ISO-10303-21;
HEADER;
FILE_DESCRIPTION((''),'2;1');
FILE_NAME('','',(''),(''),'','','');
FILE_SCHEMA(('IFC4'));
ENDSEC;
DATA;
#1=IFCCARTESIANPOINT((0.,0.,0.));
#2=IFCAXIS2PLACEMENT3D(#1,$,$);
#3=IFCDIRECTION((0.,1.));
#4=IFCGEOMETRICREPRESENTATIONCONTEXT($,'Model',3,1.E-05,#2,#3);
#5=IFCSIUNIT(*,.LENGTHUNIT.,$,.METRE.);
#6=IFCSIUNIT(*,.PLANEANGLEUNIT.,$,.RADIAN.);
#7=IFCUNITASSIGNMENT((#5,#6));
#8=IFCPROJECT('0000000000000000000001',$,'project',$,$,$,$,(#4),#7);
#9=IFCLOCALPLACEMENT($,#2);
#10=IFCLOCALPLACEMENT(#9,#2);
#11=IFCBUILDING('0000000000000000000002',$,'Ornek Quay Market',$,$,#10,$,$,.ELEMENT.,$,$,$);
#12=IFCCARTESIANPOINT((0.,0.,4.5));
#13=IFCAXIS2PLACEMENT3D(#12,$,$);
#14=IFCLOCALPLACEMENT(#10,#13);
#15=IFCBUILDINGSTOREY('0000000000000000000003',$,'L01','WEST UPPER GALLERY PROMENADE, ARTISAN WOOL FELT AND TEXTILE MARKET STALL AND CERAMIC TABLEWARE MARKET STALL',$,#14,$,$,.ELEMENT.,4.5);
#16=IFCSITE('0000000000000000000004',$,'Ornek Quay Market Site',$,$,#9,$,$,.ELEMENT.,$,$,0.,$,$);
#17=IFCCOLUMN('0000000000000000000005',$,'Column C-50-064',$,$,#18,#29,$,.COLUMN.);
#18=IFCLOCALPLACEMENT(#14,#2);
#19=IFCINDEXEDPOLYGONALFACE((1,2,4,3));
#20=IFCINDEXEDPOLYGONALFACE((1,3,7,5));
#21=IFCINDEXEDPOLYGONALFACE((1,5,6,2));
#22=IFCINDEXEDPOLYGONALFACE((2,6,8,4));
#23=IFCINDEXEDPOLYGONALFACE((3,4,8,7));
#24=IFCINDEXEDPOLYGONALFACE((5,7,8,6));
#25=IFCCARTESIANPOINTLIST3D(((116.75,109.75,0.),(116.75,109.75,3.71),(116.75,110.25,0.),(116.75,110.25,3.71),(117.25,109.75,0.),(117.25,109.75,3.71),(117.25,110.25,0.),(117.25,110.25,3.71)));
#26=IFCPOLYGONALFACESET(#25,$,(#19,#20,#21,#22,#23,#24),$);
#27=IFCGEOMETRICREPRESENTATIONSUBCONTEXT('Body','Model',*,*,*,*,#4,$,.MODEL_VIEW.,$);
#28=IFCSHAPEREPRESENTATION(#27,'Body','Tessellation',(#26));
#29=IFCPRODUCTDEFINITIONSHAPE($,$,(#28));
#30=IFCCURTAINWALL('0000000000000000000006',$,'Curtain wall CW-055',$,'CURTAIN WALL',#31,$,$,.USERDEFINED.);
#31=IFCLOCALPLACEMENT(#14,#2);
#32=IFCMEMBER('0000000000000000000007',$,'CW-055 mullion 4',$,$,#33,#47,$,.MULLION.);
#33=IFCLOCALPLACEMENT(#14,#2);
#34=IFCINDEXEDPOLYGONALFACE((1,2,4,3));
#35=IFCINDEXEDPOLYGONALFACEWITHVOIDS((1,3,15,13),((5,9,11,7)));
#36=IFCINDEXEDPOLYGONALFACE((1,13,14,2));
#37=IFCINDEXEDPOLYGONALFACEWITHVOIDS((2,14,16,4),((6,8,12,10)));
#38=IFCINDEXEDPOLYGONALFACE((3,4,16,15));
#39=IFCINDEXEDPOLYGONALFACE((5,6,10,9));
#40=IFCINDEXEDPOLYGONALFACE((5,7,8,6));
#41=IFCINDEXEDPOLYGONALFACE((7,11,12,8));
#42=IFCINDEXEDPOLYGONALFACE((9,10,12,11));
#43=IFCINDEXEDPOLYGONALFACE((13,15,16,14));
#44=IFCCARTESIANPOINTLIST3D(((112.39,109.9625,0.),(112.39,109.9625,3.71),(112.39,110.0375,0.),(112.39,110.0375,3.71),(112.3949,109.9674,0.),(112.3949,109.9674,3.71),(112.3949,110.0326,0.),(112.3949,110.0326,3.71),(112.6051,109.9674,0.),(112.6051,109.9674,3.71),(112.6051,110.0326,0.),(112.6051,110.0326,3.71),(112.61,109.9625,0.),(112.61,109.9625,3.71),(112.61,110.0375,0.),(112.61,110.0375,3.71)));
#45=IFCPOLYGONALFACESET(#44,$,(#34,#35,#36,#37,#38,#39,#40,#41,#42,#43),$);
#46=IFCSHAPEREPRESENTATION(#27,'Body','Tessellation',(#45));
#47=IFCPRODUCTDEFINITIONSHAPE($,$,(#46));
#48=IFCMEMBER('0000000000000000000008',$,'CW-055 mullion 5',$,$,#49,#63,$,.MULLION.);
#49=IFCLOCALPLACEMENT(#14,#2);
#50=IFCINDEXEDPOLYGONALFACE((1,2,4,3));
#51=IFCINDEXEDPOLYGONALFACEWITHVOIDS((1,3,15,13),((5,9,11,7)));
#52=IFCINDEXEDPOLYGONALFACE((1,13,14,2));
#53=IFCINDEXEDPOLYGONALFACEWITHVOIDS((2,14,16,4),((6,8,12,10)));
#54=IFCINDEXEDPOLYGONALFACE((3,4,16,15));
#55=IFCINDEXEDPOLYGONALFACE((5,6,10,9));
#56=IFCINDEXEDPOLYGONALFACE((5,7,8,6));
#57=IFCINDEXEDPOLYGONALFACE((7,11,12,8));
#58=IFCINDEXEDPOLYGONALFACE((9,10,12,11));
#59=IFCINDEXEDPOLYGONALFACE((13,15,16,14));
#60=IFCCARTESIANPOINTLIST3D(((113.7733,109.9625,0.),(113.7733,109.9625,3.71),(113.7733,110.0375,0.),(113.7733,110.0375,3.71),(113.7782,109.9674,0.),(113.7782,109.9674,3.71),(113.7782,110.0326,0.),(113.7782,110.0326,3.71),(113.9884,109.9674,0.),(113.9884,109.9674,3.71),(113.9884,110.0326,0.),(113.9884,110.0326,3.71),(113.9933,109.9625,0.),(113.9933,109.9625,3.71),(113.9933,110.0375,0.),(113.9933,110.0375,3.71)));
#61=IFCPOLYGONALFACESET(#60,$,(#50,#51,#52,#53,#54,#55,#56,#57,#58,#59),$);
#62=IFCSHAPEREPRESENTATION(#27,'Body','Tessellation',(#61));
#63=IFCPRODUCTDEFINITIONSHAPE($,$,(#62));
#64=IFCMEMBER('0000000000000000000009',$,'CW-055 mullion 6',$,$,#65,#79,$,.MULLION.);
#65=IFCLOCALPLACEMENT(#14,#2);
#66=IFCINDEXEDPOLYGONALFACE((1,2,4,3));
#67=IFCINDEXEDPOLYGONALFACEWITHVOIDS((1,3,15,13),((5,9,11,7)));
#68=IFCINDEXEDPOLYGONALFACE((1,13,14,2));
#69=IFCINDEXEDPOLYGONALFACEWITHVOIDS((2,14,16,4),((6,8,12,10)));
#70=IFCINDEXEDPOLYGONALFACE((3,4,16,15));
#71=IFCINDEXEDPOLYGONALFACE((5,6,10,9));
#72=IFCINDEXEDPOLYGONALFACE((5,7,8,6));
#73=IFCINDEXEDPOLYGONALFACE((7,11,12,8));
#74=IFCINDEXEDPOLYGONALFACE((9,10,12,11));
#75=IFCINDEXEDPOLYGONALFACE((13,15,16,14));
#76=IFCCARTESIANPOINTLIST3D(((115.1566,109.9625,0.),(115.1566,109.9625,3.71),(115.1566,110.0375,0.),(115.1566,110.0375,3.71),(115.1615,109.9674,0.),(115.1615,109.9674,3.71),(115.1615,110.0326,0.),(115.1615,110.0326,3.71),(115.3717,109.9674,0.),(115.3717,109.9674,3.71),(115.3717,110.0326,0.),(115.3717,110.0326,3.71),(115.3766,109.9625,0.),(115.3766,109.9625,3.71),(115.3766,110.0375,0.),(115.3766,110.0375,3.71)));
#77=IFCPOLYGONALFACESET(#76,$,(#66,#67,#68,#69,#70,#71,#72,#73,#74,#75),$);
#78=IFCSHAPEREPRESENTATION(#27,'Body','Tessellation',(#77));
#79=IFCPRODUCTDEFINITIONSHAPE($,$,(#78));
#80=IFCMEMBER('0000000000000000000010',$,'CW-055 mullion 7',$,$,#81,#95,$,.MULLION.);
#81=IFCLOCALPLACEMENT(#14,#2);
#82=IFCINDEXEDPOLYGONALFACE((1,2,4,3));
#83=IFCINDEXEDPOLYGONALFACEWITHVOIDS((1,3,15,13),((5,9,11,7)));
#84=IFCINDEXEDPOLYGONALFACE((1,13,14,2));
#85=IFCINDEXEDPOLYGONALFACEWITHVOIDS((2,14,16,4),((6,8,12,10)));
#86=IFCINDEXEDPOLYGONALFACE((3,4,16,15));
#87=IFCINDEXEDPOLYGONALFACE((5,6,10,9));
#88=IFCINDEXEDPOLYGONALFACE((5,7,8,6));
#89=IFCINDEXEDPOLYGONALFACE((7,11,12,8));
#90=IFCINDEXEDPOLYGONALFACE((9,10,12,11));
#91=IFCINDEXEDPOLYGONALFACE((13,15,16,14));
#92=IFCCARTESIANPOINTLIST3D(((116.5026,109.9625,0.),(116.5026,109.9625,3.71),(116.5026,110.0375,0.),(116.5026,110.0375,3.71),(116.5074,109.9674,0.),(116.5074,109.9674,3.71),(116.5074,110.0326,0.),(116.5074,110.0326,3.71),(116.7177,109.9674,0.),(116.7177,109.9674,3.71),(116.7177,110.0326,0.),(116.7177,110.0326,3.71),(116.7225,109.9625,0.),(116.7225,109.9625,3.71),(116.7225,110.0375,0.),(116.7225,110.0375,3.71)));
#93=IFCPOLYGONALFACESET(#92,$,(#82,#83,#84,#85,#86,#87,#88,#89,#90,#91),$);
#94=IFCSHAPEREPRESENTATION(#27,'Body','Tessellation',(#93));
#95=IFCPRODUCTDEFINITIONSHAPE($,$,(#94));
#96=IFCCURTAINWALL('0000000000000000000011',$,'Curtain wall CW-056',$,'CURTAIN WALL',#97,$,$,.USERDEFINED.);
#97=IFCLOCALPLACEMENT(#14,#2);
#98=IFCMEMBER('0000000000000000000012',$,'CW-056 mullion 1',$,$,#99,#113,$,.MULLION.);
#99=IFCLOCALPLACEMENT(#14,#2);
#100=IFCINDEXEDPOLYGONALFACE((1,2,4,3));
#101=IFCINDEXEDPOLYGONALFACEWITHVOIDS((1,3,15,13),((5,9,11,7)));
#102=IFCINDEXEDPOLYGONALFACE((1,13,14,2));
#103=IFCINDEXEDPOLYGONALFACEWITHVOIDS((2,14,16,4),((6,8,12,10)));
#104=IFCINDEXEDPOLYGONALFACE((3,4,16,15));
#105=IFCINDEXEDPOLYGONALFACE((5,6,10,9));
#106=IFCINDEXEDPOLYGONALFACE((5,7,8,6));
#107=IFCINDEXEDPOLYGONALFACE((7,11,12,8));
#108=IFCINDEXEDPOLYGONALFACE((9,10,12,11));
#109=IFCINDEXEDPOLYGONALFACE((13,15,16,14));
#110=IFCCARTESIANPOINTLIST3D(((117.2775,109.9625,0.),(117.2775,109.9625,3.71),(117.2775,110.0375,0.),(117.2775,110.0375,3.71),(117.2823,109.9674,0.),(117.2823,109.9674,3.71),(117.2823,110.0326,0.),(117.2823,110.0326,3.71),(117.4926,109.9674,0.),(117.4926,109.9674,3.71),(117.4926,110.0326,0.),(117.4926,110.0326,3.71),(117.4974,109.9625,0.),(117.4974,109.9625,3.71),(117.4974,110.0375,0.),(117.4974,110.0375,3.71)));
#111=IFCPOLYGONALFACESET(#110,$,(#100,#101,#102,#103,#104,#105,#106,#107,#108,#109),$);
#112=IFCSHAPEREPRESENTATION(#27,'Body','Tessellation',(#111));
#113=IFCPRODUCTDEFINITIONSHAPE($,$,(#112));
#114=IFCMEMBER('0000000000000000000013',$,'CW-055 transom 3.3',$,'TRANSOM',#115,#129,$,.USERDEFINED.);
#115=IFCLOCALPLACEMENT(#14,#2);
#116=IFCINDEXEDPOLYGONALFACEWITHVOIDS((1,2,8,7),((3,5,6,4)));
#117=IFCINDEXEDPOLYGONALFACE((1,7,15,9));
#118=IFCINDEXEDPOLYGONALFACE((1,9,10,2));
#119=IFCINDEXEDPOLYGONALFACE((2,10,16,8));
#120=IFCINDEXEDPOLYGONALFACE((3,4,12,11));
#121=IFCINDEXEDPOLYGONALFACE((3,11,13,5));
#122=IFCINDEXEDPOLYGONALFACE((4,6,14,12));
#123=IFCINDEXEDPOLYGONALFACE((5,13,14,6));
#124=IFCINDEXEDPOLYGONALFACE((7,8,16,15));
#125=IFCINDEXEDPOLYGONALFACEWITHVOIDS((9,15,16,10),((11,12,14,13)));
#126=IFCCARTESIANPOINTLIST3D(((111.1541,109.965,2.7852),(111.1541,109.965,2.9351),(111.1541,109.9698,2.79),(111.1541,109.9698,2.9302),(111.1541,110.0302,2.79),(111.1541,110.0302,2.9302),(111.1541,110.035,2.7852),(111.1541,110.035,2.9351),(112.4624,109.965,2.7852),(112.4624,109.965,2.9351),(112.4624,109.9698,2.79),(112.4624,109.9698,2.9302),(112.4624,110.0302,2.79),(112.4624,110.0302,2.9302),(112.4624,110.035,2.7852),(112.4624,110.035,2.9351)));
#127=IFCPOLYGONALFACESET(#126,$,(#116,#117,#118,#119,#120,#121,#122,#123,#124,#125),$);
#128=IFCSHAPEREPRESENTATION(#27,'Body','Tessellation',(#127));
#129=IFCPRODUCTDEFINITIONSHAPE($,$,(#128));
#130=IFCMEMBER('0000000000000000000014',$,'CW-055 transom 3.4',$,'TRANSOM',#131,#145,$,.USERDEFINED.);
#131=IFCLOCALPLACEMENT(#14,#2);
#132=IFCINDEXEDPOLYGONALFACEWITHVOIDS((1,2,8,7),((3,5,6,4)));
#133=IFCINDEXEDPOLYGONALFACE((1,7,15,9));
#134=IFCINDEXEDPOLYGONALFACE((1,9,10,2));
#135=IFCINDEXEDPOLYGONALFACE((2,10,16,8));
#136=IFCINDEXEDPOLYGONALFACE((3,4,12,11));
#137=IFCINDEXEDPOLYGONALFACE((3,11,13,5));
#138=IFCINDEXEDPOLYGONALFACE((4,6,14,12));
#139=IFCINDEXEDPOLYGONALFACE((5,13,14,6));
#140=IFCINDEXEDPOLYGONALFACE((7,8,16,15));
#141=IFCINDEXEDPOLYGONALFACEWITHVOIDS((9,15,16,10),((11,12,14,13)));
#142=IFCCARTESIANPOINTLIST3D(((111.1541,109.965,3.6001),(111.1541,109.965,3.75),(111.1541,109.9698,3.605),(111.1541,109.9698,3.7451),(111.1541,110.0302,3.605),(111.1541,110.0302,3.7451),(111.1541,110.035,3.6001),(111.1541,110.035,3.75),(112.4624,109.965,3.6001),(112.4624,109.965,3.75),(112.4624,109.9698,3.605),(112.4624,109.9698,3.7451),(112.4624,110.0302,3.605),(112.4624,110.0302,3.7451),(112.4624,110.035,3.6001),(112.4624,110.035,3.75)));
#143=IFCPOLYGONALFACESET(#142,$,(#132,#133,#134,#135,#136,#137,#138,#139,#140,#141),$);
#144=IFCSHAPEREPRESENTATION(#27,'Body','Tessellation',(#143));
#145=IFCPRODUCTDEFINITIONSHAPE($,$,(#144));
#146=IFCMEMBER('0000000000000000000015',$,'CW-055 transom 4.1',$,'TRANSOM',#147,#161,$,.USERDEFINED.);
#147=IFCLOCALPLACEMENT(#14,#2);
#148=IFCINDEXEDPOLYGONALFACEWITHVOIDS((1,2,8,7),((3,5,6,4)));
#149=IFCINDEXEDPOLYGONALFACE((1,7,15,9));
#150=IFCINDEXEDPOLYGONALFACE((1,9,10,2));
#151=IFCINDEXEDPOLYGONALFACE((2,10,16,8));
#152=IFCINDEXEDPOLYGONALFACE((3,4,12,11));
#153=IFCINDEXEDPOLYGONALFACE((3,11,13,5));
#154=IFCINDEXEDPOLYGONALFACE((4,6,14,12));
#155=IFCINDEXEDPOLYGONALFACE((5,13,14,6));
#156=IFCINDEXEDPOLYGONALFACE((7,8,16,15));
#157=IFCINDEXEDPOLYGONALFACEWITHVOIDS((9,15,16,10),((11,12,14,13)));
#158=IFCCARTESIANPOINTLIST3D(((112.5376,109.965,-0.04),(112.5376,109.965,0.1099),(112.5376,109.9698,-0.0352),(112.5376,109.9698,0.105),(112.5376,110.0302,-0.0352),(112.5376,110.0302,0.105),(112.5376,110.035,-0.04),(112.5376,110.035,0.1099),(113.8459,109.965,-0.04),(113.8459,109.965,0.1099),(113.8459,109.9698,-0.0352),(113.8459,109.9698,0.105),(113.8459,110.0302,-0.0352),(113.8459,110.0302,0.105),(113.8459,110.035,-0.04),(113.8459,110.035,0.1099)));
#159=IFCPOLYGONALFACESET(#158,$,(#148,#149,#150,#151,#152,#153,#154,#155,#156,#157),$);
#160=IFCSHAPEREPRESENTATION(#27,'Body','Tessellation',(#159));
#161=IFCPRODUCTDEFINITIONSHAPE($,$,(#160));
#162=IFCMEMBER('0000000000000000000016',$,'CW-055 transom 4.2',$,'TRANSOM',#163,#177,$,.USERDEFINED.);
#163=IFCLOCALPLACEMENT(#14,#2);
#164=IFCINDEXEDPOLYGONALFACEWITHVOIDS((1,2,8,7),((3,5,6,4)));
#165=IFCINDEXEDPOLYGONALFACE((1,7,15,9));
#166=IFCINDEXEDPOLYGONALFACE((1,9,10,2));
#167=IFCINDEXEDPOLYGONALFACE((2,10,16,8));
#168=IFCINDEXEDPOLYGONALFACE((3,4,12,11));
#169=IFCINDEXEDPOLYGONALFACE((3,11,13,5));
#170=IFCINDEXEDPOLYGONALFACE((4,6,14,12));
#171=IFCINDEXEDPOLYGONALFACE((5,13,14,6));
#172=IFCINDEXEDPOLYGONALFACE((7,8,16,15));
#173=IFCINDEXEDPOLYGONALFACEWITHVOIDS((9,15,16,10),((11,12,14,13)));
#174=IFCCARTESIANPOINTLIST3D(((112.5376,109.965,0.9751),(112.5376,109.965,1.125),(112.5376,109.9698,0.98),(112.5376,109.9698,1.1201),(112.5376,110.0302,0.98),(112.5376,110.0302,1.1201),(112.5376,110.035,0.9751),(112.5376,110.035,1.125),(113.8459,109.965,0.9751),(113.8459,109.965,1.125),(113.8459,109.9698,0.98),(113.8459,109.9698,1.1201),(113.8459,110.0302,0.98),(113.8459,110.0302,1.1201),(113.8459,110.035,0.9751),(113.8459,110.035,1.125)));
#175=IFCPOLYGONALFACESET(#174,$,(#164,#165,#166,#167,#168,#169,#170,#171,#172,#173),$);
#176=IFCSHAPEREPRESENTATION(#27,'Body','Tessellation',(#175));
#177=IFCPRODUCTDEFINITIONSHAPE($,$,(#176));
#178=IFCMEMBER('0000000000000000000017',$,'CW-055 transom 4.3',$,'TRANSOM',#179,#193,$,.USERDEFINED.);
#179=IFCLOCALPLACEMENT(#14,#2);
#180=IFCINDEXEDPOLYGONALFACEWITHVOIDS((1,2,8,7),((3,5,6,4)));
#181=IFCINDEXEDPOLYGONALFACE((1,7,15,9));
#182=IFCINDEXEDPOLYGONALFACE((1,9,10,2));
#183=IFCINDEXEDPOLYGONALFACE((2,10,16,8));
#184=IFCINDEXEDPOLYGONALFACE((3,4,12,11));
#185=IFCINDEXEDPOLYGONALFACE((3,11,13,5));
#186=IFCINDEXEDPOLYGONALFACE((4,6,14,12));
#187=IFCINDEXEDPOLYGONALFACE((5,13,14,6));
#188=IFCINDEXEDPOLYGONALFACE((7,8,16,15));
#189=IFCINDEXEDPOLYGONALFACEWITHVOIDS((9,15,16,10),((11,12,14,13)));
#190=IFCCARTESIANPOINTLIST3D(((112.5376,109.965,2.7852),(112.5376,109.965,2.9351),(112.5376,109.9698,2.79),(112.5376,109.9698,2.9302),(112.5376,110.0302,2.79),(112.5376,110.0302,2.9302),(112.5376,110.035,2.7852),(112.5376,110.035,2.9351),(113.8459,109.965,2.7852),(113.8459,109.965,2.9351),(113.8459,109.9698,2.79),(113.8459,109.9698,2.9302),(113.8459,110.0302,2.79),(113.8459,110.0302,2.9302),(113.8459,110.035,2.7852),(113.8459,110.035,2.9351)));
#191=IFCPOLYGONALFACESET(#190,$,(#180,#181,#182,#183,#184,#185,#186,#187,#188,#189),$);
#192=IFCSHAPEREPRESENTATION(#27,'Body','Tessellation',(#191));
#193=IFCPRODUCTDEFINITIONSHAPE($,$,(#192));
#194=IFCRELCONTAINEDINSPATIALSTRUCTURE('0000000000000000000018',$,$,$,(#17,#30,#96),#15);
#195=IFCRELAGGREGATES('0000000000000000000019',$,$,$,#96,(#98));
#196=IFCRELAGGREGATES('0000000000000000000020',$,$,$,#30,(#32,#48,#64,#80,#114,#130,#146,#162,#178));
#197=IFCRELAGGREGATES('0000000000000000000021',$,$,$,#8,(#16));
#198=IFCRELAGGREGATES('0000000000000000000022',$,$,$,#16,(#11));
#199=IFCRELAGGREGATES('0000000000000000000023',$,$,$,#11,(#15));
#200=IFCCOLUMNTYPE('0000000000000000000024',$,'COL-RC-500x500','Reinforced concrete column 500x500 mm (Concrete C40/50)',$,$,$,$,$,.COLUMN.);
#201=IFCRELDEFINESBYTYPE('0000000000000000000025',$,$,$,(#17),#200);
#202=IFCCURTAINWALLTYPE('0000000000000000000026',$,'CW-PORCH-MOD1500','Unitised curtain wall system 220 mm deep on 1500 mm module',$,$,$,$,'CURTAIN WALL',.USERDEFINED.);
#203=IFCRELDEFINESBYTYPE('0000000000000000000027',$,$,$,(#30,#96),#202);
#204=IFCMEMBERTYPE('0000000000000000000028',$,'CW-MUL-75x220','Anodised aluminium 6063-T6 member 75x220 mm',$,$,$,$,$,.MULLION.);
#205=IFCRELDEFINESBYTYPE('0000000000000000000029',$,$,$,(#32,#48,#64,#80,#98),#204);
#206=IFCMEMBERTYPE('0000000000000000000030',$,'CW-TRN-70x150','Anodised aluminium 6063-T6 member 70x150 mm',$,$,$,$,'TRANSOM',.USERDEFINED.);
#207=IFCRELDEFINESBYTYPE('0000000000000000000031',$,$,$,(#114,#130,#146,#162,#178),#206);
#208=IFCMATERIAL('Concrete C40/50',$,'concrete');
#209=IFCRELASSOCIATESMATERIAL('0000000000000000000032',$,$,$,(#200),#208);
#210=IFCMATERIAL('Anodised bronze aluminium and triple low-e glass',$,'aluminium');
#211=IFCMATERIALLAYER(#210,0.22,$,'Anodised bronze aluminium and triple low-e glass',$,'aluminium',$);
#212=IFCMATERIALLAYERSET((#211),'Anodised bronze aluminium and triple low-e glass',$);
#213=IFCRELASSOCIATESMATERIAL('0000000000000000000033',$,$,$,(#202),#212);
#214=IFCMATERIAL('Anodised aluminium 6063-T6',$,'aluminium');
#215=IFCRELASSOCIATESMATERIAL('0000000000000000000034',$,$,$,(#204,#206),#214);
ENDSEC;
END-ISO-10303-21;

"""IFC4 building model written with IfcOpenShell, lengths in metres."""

from ifc_helpers import new_model, si_unit, direction, frame, origin, origin_2d, place, context, subcontext, project, spatial, rectangle, hollow_rectangle, extrude, material, layer, layer_set, material_profile, profile_set, type_object, element, aggregate, save


model = new_model("IFC4")

# Units and contexts
model_context = context("Model", 3, precision=1e-05, world=origin(), true_north=direction((0.0, 1.0)))
body_context = subcontext(model_context, "Body", "Model", "MODEL_VIEW")
ifc_project = project(units=[si_unit("LENGTHUNIT", "METRE"), si_unit("PLANEANGLEUNIT", "RADIAN")], contexts=[model_context])

# Site, building, storey
site_placement = place(None, origin())
site = spatial("IfcSite", under=ifc_project, at=site_placement, Name="Ornek Quay Market Site", CompositionType="ELEMENT", RefElevation=0.0)
building_placement = place(site_placement, origin())
building = spatial("IfcBuilding", under=site, at=building_placement, Name="Ornek Quay Market", CompositionType="ELEMENT")
storey_placement = place(building_placement, frame((0.0, 0.0, 4.5)))
storey = spatial("IfcBuildingStorey", under=building, at=storey_placement, Name="L01", Description="WEST UPPER GALLERY PROMENADE, ARTISAN WOOL FELT AND TEXTILE MARKET STALL AND CERAMIC TABLEWARE MARKET STALL", CompositionType="ELEMENT", Elevation=4.5)

# Column
ifc_material_1 = material(Name="Concrete C40/50", Category="concrete")
ifc_material_profile_1 = material_profile(ifc_material_1, rectangle(XDim=0.5, YDim=0.5, at=origin_2d()), Name="RC 500x500", Category="concrete")
ifc_profile_set_1 = profile_set([ifc_material_profile_1], Name="Concrete C40/50")
column_type = type_object("IfcColumnType", Name="COL-RC-500x500", Description="Reinforced concrete column 500x500 mm (Concrete C40/50)", PredefinedType="COLUMN", material=ifc_profile_set_1)
column_placement = place(storey_placement, frame((117.0, 110.0, 0.0), z_axis=(0.0, 0.0, 1.0), x_axis=(1.0, 0.0, 0.0)))
element("IfcColumn", 1, at=column_placement, inside=storey, type_object=column_type, Name="Column C-50-064", PredefinedType="COLUMN", context=body_context, shape_type="SweptSolid", body=[
    extrude(rectangle(XDim=0.5, YDim=0.5, at=origin_2d()), origin(), (0.0, 0.0, 1.0), 3.71),
])

# Curtain wall, members
ifc_material_2 = material(Name="Anodised bronze aluminium and triple low-e glass", Category="aluminium")
ifc_layer_1 = layer(ifc_material_2, 0.22, Name="Anodised bronze aluminium and triple low-e glass", Category="aluminium")
ifc_layer_set_1 = layer_set([ifc_layer_1], Name="Anodised bronze aluminium and triple low-e glass")
curtain_wall_type = type_object("IfcCurtainWallType", Name="CW-PORCH-MOD1500", Description="Unitised curtain wall system 220 mm deep on 1500 mm module", ElementType="CURTAIN WALL", PredefinedType="USERDEFINED", material=ifc_layer_set_1)
curtain_wall_1_placement = place(storey_placement, origin())
curtain_wall_1 = element("IfcCurtainWall", 2, at=curtain_wall_1_placement, inside=storey, type_object=curtain_wall_type, Name="Curtain wall CW-055", ObjectType="CURTAIN WALL", PredefinedType="USERDEFINED")
ifc_material_3 = material(Name="Anodised aluminium 6063-T6", Category="aluminium")
ifc_material_profile_2 = material_profile(ifc_material_3, hollow_rectangle(XDim=0.075, YDim=0.22, WallThickness=0.0049, at=origin_2d()), Name="CW-MUL-75x220", Category="aluminium")
ifc_profile_set_2 = profile_set([ifc_material_profile_2], Name="Anodised aluminium 6063-T6")
member_type_1 = type_object("IfcMemberType", Name="CW-MUL-75x220", Description="Anodised aluminium 6063-T6 member 75x220 mm", PredefinedType="MULLION", material=ifc_profile_set_2)
member_1_placement = place(storey_placement, frame((112.5, 110.0, 0.0), z_axis=(0.0, 0.0, 1.0), x_axis=(0.0, 1.0, 0.0)))
member_1 = element("IfcMember", 3, at=member_1_placement, type_object=member_type_1, Name="CW-055 mullion 4", PredefinedType="MULLION", context=body_context, shape_type="SweptSolid", body=[
    extrude(hollow_rectangle(XDim=0.075, YDim=0.22, WallThickness=0.0049, at=origin_2d()), origin(), (0.0, 0.0, 1.0), 3.71),
])
member_2_placement = place(storey_placement, frame((113.8833, 110.0, 0.0), z_axis=(0.0, 0.0, 1.0), x_axis=(0.0, 1.0, 0.0)))
member_2 = element("IfcMember", 4, at=member_2_placement, type_object=member_type_1, Name="CW-055 mullion 5", PredefinedType="MULLION", context=body_context, shape_type="SweptSolid", body=[
    extrude(hollow_rectangle(XDim=0.075, YDim=0.22, WallThickness=0.0049, at=origin_2d()), origin(), (0.0, 0.0, 1.0), 3.71),
])
member_3_placement = place(storey_placement, frame((115.2666, 110.0, 0.0), z_axis=(0.0, 0.0, 1.0), x_axis=(0.0, 1.0, 0.0)))
member_3 = element("IfcMember", 5, at=member_3_placement, type_object=member_type_1, Name="CW-055 mullion 6", PredefinedType="MULLION", context=body_context, shape_type="SweptSolid", body=[
    extrude(hollow_rectangle(XDim=0.075, YDim=0.22, WallThickness=0.0049, at=origin_2d()), origin(), (0.0, 0.0, 1.0), 3.71),
])
member_4_placement = place(storey_placement, frame((116.6125, 110.0, 0.0), z_axis=(0.0, 0.0, 1.0), x_axis=(0.0, 1.0, 0.0)))
member_4 = element("IfcMember", 6, at=member_4_placement, type_object=member_type_1, Name="CW-055 mullion 7", PredefinedType="MULLION", context=body_context, shape_type="SweptSolid", body=[
    extrude(hollow_rectangle(XDim=0.075, YDim=0.22, WallThickness=0.0049, at=origin_2d()), origin(), (0.0, 0.0, 1.0), 3.71),
])

# Curtain wall, member
curtain_wall_2_placement = place(storey_placement, origin())
curtain_wall_2 = element("IfcCurtainWall", 7, at=curtain_wall_2_placement, inside=storey, type_object=curtain_wall_type, Name="Curtain wall CW-056", ObjectType="CURTAIN WALL", PredefinedType="USERDEFINED")
member_5_placement = place(storey_placement, frame((117.3875, 110.0, 0.0), z_axis=(0.0, 0.0, 1.0), x_axis=(0.0, 1.0, 0.0)))
member_5 = element("IfcMember", 8, at=member_5_placement, type_object=member_type_1, Name="CW-056 mullion 1", PredefinedType="MULLION", context=body_context, shape_type="SweptSolid", body=[
    extrude(hollow_rectangle(XDim=0.075, YDim=0.22, WallThickness=0.0049, at=origin_2d()), origin(), (0.0, 0.0, 1.0), 3.71),
])
aggregate(curtain_wall_2, [member_5])

# Members
ifc_material_profile_3 = material_profile(ifc_material_3, hollow_rectangle(XDim=0.0701, YDim=0.1499, WallThickness=0.0049, at=origin_2d()), Name="CW-TRN-70x150", Category="aluminium")
ifc_profile_set_3 = profile_set([ifc_material_profile_3], Name="Anodised aluminium 6063-T6")
member_type_2 = type_object("IfcMemberType", Name="CW-TRN-70x150", Description="Anodised aluminium 6063-T6 member 70x150 mm", ElementType="TRANSOM", PredefinedType="USERDEFINED", material=ifc_profile_set_3)
member_6_placement = place(storey_placement, frame((111.1541, 110.0, 2.8601), z_axis=(1.0, 0.0, 0.0), x_axis=(0.0, 1.0, 0.0)))
member_6 = element("IfcMember", 9, at=member_6_placement, type_object=member_type_2, Name="CW-055 transom 3.3", ObjectType="TRANSOM", PredefinedType="USERDEFINED", context=body_context, shape_type="SweptSolid", body=[
    extrude(hollow_rectangle(XDim=0.0701, YDim=0.1499, WallThickness=0.0049, at=origin_2d()), origin(), (0.0, 0.0, 1.0), 1.3083),
])
member_7_placement = place(storey_placement, frame((111.1541, 110.0, 3.675), z_axis=(1.0, 0.0, 0.0), x_axis=(0.0, 1.0, 0.0)))
member_7 = element("IfcMember", 10, at=member_7_placement, type_object=member_type_2, Name="CW-055 transom 3.4", ObjectType="TRANSOM", PredefinedType="USERDEFINED", context=body_context, shape_type="SweptSolid", body=[
    extrude(hollow_rectangle(XDim=0.0701, YDim=0.1499, WallThickness=0.0049, at=origin_2d()), origin(), (0.0, 0.0, 1.0), 1.3083),
])
member_8_placement = place(storey_placement, frame((112.5376, 110.0, 0.0349), z_axis=(1.0, 0.0, 0.0), x_axis=(0.0, 1.0, 0.0)))
member_8 = element("IfcMember", 11, at=member_8_placement, type_object=member_type_2, Name="CW-055 transom 4.1", ObjectType="TRANSOM", PredefinedType="USERDEFINED", context=body_context, shape_type="SweptSolid", body=[
    extrude(hollow_rectangle(XDim=0.0701, YDim=0.1499, WallThickness=0.0049, at=origin_2d()), origin(), (0.0, 0.0, 1.0), 1.3083),
])
member_9_placement = place(storey_placement, frame((112.5376, 110.0, 1.05), z_axis=(1.0, 0.0, 0.0), x_axis=(0.0, 1.0, 0.0)))
member_9 = element("IfcMember", 12, at=member_9_placement, type_object=member_type_2, Name="CW-055 transom 4.2", ObjectType="TRANSOM", PredefinedType="USERDEFINED", context=body_context, shape_type="SweptSolid", body=[
    extrude(hollow_rectangle(XDim=0.0701, YDim=0.1499, WallThickness=0.0049, at=origin_2d()), origin(), (0.0, 0.0, 1.0), 1.3083),
])
member_10_placement = place(storey_placement, frame((112.5376, 110.0, 2.8601), z_axis=(1.0, 0.0, 0.0), x_axis=(0.0, 1.0, 0.0)))
member_10 = element("IfcMember", 13, at=member_10_placement, type_object=member_type_2, Name="CW-055 transom 4.3", ObjectType="TRANSOM", PredefinedType="USERDEFINED", context=body_context, shape_type="SweptSolid", body=[
    extrude(hollow_rectangle(XDim=0.0701, YDim=0.1499, WallThickness=0.0049, at=origin_2d()), origin(), (0.0, 0.0, 1.0), 1.3083),
])

aggregate(curtain_wall_1, [member_1, member_2, member_3, member_4, member_6, member_7, member_8, member_9, member_10])

save(model, "model.ifc")
